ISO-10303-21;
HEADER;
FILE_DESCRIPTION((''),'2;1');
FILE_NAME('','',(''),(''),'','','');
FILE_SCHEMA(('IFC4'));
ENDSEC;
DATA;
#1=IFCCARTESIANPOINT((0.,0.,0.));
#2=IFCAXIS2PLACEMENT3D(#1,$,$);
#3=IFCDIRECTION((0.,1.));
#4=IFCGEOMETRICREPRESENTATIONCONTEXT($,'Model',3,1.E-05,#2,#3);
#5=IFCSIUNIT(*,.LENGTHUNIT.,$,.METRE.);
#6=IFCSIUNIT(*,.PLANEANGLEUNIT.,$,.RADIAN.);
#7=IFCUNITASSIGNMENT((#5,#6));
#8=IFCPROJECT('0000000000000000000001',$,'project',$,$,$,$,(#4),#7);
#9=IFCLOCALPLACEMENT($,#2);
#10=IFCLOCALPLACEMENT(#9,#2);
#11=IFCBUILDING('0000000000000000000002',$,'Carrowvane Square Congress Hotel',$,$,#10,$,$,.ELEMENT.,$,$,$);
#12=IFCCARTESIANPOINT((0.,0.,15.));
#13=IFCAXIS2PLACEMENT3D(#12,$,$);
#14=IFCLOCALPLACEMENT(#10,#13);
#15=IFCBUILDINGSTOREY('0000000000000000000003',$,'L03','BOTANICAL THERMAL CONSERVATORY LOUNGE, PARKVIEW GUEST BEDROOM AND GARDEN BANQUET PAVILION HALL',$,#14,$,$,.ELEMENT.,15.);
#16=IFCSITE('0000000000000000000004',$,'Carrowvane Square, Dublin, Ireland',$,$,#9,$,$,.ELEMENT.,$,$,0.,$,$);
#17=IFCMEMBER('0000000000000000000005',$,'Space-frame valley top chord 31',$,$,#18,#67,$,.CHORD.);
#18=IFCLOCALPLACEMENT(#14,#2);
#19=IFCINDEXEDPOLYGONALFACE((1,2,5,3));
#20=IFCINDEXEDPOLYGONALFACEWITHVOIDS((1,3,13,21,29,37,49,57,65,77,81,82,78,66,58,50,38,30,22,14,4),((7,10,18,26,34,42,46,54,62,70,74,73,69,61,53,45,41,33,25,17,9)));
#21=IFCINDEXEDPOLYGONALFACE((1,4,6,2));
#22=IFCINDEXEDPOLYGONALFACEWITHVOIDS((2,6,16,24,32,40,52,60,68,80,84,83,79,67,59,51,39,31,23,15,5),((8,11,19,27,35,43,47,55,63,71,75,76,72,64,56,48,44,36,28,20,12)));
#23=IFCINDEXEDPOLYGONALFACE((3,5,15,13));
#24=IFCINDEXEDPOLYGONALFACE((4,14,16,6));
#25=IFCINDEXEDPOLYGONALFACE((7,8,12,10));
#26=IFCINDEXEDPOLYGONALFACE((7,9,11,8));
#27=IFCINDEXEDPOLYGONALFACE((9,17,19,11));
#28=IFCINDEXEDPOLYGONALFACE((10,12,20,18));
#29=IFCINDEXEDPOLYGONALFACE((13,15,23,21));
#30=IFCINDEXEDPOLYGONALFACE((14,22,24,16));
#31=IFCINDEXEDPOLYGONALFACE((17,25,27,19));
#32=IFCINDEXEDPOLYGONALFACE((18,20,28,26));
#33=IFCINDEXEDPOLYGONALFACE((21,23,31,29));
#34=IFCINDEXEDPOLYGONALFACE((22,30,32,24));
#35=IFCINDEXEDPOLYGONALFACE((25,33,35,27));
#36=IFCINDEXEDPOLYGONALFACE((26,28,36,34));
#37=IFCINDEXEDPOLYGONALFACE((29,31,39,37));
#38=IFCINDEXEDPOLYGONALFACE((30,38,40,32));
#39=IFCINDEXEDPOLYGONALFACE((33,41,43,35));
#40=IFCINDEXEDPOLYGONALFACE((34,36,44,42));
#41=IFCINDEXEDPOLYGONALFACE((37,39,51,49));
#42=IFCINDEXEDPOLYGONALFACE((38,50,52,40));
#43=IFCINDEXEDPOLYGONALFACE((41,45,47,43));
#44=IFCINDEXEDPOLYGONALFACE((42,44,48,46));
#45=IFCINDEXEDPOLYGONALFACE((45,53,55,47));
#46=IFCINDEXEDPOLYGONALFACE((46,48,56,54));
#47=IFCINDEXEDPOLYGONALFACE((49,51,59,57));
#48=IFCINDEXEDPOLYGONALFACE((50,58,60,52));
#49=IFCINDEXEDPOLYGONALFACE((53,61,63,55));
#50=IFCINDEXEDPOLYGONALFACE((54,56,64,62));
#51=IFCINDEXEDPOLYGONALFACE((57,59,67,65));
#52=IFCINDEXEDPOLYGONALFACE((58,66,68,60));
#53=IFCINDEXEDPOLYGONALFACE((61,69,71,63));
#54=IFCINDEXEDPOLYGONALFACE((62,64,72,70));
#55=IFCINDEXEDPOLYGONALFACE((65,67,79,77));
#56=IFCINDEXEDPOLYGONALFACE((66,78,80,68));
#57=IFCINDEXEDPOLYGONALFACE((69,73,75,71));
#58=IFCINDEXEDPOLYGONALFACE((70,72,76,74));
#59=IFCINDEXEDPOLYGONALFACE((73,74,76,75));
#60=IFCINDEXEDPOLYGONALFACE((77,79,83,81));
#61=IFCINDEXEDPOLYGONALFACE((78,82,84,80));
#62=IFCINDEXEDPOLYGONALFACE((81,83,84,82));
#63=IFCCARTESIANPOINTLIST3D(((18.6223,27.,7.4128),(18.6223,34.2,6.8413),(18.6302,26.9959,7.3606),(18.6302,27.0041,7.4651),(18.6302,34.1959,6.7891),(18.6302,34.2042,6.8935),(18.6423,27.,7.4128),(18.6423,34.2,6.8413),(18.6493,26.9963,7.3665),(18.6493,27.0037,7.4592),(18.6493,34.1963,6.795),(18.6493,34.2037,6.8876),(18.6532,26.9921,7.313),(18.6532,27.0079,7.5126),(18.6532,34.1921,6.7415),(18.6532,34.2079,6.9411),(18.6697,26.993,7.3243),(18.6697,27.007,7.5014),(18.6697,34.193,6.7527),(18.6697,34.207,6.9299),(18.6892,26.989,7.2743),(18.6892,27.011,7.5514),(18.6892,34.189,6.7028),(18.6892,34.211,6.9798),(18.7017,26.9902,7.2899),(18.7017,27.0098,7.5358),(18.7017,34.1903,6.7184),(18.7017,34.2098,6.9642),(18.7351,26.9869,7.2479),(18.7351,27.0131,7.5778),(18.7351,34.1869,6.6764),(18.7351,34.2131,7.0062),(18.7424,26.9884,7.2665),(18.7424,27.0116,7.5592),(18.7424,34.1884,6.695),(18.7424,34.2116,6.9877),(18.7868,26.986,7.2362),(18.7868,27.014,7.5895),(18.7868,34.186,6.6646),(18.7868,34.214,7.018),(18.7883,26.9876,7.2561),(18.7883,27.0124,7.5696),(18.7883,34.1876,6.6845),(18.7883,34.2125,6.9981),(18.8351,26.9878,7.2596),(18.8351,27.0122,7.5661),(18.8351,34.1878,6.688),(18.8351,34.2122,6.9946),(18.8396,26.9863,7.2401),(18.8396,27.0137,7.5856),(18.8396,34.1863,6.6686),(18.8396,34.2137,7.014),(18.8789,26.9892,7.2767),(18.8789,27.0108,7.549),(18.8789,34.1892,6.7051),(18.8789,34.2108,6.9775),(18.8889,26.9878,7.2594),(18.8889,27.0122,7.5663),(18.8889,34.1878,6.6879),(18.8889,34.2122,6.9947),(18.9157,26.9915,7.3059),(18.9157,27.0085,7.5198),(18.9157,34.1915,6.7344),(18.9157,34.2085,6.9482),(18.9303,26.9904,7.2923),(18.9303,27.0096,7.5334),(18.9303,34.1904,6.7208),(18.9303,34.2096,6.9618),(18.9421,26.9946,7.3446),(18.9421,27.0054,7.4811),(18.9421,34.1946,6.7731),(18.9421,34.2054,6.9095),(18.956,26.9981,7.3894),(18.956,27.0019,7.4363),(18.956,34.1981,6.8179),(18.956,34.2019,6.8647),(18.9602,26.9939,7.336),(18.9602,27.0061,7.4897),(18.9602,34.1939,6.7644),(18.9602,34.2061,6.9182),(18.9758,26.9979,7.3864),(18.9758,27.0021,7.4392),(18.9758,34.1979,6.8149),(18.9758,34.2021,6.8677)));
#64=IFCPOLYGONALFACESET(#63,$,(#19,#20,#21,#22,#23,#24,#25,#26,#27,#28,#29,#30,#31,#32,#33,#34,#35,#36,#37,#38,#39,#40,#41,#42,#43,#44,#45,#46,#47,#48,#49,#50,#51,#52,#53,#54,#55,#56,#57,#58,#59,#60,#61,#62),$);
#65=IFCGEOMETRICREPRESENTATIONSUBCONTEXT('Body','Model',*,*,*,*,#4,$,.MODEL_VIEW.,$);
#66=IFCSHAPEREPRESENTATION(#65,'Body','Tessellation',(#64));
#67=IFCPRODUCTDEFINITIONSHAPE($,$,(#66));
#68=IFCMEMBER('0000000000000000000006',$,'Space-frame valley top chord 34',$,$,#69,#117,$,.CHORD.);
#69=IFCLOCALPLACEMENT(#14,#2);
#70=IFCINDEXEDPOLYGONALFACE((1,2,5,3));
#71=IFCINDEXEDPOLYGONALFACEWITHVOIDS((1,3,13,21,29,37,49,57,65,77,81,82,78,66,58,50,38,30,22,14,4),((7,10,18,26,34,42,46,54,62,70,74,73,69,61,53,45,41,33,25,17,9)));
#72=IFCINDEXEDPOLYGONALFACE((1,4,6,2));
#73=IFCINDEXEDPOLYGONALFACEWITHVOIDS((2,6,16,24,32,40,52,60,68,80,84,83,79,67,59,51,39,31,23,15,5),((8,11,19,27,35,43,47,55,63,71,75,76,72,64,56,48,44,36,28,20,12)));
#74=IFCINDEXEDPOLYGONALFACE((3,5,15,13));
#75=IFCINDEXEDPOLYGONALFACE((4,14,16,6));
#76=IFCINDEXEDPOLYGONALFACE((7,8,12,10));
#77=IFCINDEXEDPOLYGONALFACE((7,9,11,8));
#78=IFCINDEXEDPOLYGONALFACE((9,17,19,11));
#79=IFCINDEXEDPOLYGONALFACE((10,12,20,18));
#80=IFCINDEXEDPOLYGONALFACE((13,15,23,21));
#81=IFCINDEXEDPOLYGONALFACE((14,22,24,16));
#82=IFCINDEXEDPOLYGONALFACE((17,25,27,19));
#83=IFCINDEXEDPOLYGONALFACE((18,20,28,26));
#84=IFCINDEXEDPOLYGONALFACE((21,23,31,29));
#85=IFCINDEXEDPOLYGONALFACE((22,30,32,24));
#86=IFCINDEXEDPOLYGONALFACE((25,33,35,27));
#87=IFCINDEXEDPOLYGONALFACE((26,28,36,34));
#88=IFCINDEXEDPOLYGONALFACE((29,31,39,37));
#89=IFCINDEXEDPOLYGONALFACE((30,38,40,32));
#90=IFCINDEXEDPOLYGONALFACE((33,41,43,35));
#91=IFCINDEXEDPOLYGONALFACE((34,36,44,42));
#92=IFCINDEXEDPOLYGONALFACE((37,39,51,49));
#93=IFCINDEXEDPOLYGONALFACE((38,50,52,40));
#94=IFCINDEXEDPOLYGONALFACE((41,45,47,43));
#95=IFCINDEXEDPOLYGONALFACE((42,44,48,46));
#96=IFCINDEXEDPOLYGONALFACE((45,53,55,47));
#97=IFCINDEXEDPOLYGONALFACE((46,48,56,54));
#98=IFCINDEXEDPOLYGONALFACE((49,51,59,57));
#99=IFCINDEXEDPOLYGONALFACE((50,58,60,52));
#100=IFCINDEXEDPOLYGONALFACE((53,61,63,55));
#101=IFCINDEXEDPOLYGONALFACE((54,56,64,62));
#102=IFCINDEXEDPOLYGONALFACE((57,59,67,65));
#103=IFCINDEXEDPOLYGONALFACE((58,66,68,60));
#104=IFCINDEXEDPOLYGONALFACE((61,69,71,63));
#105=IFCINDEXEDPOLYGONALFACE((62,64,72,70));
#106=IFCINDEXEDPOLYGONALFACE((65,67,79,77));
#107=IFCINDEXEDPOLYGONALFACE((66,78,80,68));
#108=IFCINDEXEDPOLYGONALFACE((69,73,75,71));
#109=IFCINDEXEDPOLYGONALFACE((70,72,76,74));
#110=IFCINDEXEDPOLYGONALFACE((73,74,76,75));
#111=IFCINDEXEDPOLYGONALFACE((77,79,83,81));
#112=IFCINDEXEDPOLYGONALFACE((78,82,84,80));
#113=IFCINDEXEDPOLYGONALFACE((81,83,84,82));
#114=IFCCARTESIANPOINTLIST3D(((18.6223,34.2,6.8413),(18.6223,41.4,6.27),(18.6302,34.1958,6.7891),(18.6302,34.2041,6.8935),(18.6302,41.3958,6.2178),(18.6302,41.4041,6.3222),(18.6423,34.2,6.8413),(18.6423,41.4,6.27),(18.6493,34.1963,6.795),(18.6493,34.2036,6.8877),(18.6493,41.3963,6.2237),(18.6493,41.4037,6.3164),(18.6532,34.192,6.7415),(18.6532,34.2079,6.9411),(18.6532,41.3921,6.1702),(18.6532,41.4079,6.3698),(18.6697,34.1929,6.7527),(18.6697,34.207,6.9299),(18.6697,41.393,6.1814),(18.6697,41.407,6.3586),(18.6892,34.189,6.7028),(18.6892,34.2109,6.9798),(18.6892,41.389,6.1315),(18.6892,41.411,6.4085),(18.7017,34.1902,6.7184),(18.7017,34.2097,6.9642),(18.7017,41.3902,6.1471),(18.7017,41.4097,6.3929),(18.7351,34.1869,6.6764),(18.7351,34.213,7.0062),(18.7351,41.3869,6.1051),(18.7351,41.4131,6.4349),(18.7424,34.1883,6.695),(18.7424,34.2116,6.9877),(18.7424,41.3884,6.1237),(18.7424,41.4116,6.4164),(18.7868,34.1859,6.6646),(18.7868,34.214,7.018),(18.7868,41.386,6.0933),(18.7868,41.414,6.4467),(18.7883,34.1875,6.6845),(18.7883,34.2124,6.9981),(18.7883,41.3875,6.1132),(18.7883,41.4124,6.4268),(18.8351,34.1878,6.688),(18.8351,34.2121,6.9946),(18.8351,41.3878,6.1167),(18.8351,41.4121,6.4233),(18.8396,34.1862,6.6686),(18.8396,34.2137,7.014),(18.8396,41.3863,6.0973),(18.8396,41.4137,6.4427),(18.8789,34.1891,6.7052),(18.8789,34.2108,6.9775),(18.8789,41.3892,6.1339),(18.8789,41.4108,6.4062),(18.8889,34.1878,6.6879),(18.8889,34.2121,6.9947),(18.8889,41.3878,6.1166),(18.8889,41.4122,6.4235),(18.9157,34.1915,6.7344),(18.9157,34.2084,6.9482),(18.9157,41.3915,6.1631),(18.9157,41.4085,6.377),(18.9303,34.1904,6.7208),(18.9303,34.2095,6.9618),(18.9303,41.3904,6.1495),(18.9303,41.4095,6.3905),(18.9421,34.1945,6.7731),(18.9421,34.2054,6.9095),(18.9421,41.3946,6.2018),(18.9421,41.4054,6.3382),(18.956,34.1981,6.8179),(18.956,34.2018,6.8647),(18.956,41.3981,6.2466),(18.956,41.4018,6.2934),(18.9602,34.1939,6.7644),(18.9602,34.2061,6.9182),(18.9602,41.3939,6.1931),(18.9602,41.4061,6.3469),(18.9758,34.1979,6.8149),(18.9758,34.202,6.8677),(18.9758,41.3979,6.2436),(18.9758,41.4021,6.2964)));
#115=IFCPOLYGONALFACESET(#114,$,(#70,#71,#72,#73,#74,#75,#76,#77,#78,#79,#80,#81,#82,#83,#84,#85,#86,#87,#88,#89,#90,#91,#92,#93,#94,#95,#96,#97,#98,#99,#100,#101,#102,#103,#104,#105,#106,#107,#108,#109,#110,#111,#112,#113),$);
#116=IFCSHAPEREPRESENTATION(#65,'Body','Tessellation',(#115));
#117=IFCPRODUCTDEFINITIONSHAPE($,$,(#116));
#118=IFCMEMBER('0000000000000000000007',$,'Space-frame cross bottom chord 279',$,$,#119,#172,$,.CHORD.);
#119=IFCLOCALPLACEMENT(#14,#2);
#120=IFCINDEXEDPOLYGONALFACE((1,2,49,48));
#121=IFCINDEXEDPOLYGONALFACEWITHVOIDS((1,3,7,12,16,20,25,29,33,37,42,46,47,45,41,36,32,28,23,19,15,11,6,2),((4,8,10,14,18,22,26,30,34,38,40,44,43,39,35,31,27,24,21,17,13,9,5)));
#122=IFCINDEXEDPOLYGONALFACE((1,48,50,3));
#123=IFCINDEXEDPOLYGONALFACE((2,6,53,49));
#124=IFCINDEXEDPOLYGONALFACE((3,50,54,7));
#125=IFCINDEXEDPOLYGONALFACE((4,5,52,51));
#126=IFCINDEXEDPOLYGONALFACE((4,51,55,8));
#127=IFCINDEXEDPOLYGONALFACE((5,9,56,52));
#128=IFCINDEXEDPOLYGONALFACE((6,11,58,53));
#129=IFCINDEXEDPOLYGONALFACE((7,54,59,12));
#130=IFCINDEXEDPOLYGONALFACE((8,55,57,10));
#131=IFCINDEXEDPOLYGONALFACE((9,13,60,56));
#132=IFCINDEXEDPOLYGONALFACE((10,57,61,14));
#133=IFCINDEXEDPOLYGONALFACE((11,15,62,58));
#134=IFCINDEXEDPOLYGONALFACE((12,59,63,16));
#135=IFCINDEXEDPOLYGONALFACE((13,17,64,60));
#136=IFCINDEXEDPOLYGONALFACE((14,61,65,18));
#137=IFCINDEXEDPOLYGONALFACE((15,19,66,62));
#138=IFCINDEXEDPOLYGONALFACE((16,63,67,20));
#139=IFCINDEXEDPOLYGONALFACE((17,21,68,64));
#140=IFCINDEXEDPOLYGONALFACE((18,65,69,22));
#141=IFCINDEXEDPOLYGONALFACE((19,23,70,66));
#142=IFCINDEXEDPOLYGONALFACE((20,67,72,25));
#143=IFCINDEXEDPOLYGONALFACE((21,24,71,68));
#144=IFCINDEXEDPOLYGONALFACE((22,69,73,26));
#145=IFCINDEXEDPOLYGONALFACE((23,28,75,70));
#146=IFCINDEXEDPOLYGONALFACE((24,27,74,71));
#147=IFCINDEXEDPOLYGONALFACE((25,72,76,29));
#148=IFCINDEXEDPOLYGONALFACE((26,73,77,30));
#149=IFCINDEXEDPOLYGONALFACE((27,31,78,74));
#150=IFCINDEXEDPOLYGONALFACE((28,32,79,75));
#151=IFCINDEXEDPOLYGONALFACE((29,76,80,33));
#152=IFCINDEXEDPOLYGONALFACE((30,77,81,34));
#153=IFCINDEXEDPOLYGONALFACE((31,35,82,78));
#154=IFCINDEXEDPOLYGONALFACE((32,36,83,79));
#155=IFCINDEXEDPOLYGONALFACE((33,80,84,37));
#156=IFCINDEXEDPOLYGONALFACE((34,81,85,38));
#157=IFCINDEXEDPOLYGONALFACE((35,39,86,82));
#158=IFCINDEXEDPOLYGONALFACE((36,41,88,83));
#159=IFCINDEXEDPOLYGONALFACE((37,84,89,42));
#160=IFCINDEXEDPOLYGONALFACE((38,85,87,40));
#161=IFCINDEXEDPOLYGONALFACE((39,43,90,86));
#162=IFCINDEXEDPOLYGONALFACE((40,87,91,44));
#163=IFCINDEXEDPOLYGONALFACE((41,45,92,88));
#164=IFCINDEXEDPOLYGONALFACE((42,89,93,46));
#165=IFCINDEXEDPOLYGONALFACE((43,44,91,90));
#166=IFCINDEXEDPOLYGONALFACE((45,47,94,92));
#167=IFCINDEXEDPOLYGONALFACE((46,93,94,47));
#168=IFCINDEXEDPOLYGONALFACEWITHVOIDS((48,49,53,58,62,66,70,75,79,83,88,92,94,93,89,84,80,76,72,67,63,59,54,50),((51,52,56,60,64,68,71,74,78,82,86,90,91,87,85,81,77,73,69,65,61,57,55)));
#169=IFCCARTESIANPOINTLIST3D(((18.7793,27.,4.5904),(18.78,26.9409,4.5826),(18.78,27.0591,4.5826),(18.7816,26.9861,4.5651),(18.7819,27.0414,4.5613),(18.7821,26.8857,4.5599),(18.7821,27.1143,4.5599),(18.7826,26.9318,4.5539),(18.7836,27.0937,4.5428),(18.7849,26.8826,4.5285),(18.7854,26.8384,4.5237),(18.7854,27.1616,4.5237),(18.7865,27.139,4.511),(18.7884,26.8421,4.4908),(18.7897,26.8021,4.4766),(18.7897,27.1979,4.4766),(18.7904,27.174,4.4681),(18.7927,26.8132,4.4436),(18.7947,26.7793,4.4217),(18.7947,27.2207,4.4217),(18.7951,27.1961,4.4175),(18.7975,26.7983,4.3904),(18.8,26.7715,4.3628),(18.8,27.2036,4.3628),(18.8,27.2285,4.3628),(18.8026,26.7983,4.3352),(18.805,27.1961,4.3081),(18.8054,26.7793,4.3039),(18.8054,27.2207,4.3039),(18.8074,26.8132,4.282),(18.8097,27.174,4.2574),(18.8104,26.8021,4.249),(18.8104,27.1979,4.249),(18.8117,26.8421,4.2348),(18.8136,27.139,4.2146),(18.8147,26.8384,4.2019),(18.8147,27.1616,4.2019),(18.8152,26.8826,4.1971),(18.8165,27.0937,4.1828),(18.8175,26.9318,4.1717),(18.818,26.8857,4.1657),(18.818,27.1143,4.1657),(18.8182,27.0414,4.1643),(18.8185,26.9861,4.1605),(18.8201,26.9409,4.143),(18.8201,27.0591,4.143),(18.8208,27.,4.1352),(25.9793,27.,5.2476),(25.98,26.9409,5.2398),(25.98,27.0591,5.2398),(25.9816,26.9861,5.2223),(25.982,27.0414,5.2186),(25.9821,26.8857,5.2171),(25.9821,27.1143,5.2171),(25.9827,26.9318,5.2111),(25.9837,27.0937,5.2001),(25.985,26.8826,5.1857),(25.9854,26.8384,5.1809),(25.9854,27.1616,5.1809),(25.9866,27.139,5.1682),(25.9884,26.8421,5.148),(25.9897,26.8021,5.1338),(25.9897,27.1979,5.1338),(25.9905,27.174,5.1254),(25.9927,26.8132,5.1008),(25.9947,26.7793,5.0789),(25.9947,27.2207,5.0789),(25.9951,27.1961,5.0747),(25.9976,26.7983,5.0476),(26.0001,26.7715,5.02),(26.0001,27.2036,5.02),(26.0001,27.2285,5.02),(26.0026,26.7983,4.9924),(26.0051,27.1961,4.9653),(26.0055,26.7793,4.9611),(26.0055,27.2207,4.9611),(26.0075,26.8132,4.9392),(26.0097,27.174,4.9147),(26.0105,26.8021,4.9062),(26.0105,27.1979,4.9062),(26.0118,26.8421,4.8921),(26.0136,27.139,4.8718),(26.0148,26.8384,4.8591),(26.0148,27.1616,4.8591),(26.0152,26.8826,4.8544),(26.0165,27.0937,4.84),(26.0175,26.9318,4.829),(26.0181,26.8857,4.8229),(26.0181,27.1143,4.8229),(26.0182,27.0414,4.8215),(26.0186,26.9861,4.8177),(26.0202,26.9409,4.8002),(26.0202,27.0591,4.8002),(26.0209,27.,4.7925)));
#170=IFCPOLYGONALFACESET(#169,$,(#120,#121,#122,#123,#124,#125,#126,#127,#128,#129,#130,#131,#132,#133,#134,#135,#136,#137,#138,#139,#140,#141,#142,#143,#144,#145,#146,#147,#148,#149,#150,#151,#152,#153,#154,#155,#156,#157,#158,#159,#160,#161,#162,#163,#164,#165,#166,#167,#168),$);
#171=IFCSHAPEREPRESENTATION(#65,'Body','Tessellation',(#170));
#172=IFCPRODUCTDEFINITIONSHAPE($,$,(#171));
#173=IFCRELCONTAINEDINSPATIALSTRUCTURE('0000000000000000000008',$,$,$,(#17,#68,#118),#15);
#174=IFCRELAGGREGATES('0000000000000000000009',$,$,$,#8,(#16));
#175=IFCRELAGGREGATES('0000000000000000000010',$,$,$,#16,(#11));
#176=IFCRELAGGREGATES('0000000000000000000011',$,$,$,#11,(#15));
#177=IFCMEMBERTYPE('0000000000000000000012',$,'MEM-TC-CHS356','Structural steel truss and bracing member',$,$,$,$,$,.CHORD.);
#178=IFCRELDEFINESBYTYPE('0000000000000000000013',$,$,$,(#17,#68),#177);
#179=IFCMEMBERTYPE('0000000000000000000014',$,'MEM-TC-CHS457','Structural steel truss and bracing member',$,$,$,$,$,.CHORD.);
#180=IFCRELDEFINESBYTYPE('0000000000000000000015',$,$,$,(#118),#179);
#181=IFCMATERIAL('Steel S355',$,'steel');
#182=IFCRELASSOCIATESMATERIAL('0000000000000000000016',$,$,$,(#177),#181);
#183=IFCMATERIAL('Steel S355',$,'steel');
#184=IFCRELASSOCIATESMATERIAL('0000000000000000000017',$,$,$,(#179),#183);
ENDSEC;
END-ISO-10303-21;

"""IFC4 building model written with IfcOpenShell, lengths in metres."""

from ifc_helpers import new_model, si_unit, direction, frame, origin, origin_2d, place, context, subcontext, project, spatial, hollow_circle, extrude, material, material_profile, profile_set, type_object, element, save


model = new_model("IFC4")

# Units and contexts
model_context = context("Model", 3, precision=1e-05, world=origin(), true_north=direction((0.0, 1.0)))
body_context = subcontext(model_context, "Body", "Model", "MODEL_VIEW")
ifc_project = project(units=[si_unit("LENGTHUNIT", "METRE"), si_unit("PLANEANGLEUNIT", "RADIAN")], contexts=[model_context])

# Site, building, storey
site_placement = place(None, origin())
site = spatial("IfcSite", under=ifc_project, at=site_placement, Name="Carrowvane Square, Dublin, Ireland", CompositionType="ELEMENT", RefElevation=0.0)
building_placement = place(site_placement, origin())
building = spatial("IfcBuilding", under=site, at=building_placement, Name="Carrowvane Square Congress Hotel", CompositionType="ELEMENT")
storey_placement = place(building_placement, frame((0.0, 0.0, 15.0)))
storey = spatial("IfcBuildingStorey", under=building, at=storey_placement, Name="L03", Description="BOTANICAL THERMAL CONSERVATORY LOUNGE, PARKVIEW GUEST BEDROOM AND GARDEN BANQUET PAVILION HALL", CompositionType="ELEMENT", Elevation=15.0)

# Members
ifc_material_1 = material(Name="Steel S355", Category="steel")
ifc_material_profile_1 = material_profile(ifc_material_1, hollow_circle(Radius=0.1777, WallThickness=0.02, at=origin_2d()), Name="CHS 355.6x20")
ifc_profile_set_1 = profile_set([ifc_material_profile_1], Name="Steel S355")
member_type_1 = type_object("IfcMemberType", Name="MEM-TC-CHS356", Description="Structural steel truss and bracing member", PredefinedType="CHORD", material=ifc_profile_set_1)
for number, where, z_axis, x_axis, name in (
    (1, (18.8, 27.0, 7.4128), (0.0, 0.996864, -0.079131), (-1.0, 0.0, 0.0), "Space-frame valley top chord 31"),
    (2, (18.8, 34.2, 6.8413), (0.0, 0.996867, -0.079098), (-1.0, 0.0, 0.0), "Space-frame valley top chord 34"),
):
    element("IfcMember", number, at=place(storey_placement, frame(where, z_axis=z_axis, x_axis=x_axis)), inside=storey, type_object=member_type_1, Name=name, PredefinedType="CHORD", context=body_context, shape_type="SweptSolid", body=[
        extrude(hollow_circle(Radius=0.1777, WallThickness=0.02, at=origin_2d()), origin(), (0.0, 0.0, 1.0), 7.2227),
    ])
ifc_material_2 = material(Name="Steel S355", Category="steel")
ifc_material_profile_2 = material_profile(ifc_material_2, hollow_circle(Radius=0.2285, WallThickness=0.0249, at=origin_2d()), Name="CHS 457.0x25")
ifc_profile_set_2 = profile_set([ifc_material_profile_2], Name="Steel S355")
member_type_2 = type_object("IfcMemberType", Name="MEM-TC-CHS457", Description="Structural steel truss and bracing member", PredefinedType="CHORD", material=ifc_profile_set_2)
member_1_placement = place(storey_placement, frame((18.8, 27.0, 4.3628), z_axis=(0.99586, 0.0, 0.090904), x_axis=(0.0, 1.0, 0.0)))
element("IfcMember", 3, at=member_1_placement, inside=storey, type_object=member_type_2, Name="Space-frame cross bottom chord 279", PredefinedType="CHORD", context=body_context, shape_type="SweptSolid", body=[
    extrude(hollow_circle(Radius=0.2285, WallThickness=0.0249, at=origin_2d()), origin(), (0.0, 0.0, 1.0), 7.23),
])

save(model, "model.ifc")
